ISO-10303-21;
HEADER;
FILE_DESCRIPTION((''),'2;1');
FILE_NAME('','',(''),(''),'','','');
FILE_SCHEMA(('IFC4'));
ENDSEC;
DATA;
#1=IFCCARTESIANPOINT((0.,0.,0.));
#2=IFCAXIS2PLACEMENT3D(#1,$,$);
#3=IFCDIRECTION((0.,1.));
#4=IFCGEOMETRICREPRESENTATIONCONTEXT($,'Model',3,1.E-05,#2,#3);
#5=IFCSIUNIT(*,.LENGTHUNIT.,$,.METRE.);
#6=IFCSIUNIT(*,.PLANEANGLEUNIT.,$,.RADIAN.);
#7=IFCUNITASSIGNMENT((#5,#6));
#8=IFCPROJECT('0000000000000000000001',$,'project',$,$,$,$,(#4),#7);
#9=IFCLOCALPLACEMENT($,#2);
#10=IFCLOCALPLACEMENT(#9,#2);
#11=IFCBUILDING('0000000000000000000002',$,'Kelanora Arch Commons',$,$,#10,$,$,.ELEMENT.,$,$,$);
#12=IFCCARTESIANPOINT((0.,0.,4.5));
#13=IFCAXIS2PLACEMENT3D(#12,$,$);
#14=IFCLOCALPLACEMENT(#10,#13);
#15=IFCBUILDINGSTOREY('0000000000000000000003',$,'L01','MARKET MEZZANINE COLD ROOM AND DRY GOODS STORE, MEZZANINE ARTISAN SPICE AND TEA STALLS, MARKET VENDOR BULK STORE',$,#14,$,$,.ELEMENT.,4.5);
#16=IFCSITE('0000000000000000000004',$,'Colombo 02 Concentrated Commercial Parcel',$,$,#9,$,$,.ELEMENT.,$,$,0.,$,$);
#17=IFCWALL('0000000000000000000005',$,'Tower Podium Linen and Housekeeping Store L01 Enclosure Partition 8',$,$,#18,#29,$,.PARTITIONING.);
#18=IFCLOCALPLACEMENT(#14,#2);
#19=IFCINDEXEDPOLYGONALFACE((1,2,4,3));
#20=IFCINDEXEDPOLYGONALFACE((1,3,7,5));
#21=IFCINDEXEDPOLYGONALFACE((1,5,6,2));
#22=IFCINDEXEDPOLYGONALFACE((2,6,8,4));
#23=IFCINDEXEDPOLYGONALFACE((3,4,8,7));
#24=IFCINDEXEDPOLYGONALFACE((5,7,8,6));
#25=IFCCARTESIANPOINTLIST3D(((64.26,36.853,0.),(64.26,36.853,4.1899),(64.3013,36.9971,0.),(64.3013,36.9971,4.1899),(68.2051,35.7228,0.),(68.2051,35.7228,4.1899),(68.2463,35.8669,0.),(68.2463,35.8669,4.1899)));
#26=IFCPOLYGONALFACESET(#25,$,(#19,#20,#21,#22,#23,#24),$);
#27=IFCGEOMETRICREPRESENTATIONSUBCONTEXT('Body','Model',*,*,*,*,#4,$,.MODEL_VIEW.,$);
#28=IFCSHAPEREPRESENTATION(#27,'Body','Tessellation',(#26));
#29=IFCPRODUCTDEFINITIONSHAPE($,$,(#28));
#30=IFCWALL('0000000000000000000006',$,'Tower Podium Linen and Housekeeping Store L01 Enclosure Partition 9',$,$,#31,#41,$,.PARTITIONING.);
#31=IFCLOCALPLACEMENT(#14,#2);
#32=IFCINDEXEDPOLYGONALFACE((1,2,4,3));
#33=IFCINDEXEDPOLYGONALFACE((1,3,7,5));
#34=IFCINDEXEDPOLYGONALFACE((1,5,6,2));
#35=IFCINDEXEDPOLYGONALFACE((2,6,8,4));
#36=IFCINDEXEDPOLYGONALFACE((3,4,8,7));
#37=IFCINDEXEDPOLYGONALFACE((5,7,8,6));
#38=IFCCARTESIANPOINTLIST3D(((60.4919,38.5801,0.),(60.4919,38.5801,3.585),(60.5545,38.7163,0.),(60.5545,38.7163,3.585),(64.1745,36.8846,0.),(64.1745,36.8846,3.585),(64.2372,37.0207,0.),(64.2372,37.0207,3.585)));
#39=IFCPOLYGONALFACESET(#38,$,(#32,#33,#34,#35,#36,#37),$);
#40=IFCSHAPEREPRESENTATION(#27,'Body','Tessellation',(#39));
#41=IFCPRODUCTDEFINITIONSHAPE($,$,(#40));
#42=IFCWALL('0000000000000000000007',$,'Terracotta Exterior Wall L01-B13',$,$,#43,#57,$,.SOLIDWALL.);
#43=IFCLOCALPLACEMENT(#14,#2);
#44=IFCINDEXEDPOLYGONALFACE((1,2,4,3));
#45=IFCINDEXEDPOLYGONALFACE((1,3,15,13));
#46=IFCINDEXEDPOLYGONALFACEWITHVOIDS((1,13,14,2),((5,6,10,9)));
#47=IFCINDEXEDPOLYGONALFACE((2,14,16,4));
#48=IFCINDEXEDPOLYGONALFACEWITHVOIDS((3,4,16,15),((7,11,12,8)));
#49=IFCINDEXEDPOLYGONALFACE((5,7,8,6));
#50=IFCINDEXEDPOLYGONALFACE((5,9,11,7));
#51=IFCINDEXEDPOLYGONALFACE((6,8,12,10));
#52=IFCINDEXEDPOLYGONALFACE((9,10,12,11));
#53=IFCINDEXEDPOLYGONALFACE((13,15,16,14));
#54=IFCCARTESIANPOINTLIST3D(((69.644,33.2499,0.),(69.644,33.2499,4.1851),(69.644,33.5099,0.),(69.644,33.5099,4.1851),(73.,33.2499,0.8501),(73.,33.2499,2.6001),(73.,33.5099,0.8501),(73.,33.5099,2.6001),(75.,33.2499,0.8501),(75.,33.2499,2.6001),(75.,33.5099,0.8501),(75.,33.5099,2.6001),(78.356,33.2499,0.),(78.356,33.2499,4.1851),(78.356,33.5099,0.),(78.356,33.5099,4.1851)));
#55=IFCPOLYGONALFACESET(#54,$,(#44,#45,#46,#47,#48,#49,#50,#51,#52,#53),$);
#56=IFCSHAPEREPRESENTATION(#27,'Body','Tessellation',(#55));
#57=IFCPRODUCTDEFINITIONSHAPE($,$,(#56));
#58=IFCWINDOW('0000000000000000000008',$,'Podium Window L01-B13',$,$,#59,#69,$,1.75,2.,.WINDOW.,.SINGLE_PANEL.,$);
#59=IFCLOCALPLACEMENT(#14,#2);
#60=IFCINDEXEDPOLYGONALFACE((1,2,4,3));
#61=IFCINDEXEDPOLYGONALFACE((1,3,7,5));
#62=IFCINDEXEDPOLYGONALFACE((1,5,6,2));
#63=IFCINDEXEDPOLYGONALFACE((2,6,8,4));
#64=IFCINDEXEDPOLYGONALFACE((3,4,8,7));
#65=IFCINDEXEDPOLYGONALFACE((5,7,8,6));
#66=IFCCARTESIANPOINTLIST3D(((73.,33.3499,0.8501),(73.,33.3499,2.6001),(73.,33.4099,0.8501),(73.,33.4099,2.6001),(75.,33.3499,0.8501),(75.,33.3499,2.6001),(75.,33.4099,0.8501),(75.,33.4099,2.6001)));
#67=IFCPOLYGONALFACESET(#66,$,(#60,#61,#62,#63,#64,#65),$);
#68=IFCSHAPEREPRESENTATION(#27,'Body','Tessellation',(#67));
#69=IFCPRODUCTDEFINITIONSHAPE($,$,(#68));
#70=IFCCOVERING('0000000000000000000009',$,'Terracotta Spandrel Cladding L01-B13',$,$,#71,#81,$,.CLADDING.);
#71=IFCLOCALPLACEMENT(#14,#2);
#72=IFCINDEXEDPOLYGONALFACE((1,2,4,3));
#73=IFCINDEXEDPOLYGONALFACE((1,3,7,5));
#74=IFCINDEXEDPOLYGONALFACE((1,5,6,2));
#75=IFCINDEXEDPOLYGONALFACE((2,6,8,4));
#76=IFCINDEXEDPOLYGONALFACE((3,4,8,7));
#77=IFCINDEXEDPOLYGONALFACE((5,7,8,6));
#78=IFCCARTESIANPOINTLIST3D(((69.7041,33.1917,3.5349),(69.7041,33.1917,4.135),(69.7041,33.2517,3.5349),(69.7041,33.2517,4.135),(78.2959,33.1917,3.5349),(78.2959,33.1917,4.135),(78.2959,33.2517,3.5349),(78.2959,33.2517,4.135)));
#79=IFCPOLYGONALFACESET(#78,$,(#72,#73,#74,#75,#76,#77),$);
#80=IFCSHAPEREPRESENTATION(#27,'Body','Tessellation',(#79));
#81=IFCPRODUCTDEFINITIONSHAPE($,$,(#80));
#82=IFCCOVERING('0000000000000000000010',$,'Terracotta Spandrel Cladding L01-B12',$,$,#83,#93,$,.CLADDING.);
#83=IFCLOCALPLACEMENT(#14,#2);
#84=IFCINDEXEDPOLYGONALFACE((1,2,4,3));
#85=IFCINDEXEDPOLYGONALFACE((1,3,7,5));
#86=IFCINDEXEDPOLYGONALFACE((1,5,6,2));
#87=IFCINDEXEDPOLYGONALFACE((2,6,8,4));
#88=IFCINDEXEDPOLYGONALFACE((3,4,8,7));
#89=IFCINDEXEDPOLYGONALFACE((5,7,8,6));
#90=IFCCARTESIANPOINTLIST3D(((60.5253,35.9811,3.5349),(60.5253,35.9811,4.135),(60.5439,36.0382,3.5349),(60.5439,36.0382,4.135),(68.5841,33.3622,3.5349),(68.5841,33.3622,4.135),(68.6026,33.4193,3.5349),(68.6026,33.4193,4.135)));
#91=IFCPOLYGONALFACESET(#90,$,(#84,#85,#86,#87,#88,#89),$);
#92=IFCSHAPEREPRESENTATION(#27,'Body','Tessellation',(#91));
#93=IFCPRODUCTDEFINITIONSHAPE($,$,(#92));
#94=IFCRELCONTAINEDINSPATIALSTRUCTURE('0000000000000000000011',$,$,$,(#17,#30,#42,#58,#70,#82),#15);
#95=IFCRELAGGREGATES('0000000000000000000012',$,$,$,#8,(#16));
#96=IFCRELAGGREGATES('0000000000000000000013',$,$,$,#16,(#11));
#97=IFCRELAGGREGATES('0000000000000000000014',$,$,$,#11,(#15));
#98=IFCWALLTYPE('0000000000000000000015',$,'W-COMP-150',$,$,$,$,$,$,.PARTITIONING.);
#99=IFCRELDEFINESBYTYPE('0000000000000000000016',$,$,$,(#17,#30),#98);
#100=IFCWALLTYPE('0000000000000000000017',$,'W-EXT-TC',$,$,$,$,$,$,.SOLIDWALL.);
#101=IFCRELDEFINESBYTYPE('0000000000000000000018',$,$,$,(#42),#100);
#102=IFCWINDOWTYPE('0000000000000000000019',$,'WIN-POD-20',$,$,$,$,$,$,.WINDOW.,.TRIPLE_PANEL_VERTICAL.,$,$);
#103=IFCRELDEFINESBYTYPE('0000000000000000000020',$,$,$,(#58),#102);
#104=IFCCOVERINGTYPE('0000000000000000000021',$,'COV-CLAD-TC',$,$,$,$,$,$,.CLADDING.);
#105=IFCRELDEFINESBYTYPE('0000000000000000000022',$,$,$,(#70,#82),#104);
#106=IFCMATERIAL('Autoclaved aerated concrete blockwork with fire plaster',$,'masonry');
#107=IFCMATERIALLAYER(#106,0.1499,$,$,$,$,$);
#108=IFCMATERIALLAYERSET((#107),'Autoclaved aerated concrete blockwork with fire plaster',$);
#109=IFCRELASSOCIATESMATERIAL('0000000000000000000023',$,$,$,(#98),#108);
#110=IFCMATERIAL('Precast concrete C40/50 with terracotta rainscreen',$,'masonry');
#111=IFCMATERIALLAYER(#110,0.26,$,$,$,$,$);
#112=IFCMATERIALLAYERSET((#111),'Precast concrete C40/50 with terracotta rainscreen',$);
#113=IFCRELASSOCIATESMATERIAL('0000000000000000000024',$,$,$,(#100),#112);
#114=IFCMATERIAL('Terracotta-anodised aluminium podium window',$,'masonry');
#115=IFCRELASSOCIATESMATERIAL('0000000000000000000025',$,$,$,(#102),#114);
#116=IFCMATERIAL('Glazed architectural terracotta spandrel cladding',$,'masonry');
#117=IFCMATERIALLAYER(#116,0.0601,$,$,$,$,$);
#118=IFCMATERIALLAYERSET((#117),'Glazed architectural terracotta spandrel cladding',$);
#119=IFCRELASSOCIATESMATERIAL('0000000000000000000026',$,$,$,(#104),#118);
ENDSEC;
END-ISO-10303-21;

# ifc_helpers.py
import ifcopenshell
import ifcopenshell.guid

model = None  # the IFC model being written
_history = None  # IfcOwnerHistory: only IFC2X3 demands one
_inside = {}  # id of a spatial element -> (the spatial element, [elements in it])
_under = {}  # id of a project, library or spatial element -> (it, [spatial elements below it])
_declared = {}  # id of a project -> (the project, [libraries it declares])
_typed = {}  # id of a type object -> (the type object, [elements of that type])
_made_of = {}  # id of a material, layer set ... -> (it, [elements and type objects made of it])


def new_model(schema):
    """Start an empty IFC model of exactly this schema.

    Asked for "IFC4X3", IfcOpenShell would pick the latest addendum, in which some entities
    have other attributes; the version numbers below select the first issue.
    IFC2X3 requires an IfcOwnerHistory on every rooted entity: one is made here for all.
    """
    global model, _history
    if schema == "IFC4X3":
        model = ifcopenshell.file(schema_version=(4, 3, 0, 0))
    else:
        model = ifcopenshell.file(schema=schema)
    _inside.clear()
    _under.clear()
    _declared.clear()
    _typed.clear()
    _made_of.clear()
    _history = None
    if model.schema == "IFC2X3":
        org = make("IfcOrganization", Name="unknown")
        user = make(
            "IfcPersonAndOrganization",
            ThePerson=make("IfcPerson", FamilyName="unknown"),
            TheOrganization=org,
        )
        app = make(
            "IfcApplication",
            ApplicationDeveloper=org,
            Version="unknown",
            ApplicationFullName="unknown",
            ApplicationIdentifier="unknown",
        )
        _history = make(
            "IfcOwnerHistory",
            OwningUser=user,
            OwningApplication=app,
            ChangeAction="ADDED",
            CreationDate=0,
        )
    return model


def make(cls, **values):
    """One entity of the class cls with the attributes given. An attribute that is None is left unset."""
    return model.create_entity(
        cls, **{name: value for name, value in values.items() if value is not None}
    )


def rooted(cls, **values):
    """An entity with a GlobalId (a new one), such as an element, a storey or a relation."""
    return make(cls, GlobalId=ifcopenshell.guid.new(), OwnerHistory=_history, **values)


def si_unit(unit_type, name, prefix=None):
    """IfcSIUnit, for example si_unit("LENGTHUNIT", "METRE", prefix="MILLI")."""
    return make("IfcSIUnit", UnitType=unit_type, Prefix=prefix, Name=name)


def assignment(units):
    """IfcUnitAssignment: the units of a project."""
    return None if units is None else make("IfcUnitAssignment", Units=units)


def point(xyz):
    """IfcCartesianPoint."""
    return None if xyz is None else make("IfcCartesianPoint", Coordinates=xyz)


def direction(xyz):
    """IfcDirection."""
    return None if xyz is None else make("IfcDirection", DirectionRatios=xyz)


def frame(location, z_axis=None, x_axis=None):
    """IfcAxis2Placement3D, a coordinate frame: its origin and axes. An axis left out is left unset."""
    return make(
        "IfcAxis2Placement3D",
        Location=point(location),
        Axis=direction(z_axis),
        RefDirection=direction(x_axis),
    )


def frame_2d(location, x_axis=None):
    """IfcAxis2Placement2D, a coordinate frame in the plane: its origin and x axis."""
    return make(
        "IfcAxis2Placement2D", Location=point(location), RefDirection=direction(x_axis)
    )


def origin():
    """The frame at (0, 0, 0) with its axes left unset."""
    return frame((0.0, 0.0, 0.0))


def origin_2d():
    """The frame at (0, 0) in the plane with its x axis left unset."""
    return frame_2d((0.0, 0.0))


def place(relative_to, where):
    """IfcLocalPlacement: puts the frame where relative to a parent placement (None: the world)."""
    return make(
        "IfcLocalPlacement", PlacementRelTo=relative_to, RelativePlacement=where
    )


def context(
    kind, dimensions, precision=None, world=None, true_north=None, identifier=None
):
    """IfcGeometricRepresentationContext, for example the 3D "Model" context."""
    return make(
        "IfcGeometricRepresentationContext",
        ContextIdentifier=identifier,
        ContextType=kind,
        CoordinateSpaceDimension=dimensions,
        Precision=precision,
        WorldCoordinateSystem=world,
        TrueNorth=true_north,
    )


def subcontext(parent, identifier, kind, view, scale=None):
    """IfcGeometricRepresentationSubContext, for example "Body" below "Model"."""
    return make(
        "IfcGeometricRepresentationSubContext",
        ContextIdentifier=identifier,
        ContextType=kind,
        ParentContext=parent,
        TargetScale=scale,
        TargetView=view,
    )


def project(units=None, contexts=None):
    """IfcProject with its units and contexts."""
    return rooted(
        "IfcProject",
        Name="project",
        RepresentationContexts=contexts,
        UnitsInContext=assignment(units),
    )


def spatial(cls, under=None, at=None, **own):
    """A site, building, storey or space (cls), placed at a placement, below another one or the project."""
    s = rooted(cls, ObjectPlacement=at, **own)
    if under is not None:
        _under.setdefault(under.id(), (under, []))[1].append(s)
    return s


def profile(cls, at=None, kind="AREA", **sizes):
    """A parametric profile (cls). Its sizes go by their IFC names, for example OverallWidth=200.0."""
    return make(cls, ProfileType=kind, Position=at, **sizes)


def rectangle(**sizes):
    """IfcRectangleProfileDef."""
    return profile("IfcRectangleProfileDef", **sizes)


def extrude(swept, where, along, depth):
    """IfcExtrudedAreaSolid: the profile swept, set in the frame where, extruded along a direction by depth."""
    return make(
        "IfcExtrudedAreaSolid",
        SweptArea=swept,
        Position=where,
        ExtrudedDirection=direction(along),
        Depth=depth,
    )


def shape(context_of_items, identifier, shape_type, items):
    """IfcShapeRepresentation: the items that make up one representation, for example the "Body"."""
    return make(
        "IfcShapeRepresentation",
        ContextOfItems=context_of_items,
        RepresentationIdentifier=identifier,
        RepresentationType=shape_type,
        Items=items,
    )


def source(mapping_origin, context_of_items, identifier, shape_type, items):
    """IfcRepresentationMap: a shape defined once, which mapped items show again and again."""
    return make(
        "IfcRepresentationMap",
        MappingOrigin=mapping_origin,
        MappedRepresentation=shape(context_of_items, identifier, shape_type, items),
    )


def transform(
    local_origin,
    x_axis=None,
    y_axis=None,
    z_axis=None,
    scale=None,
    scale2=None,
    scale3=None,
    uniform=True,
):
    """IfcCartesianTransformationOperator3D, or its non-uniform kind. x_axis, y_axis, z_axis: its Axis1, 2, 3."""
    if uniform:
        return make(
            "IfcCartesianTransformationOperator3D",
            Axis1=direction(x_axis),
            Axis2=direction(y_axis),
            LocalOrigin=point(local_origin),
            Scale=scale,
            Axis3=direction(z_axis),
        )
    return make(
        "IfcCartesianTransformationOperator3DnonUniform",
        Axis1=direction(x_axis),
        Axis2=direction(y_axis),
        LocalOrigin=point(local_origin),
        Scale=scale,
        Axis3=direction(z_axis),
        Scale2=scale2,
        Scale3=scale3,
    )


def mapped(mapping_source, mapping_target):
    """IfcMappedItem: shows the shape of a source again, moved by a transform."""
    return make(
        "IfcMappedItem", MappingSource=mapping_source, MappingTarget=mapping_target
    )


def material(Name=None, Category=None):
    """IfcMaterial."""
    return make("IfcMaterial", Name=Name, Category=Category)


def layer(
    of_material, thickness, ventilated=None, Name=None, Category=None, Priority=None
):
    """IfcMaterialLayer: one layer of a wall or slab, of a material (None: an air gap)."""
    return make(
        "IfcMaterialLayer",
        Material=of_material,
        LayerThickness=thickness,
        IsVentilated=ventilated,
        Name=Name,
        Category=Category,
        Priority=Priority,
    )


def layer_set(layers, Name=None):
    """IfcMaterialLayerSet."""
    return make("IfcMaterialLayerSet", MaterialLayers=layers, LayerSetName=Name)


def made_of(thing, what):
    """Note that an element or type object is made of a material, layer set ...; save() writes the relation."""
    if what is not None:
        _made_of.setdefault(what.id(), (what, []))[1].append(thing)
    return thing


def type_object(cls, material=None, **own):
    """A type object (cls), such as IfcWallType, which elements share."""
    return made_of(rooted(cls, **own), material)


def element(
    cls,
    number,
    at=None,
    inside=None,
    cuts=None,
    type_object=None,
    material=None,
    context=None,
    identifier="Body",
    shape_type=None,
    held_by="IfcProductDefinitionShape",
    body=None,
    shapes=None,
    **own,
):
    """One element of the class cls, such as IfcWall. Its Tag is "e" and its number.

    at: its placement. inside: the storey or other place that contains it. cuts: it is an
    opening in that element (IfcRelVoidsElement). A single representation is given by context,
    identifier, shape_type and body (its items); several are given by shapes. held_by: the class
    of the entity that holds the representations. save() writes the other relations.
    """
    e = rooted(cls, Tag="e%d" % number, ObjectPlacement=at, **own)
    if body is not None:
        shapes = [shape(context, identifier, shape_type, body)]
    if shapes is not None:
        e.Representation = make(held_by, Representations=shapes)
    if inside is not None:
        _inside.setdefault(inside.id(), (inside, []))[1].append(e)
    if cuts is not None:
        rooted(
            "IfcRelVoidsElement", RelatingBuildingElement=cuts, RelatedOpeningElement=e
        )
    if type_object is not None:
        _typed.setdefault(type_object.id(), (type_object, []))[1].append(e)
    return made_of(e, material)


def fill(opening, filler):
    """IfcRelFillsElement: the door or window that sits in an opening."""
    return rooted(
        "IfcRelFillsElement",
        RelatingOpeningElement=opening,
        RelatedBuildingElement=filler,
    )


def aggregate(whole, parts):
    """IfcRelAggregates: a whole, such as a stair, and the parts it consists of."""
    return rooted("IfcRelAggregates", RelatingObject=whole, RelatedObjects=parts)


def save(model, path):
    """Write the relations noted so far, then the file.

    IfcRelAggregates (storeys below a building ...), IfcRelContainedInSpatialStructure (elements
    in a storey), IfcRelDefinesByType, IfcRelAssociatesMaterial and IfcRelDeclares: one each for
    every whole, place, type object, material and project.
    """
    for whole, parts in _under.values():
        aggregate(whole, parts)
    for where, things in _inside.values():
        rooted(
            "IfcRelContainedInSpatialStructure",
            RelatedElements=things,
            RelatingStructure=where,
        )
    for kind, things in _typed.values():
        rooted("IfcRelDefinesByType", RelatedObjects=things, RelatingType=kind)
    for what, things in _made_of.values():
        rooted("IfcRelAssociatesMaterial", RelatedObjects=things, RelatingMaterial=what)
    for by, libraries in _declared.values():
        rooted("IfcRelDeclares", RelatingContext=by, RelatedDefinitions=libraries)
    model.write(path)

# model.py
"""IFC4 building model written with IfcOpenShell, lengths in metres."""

from ifc_helpers import new_model, si_unit, direction, frame, frame_2d, origin, origin_2d, place, context, subcontext, project, spatial, rectangle, extrude, source, transform, mapped, material, layer, layer_set, type_object, element, fill, save


model = new_model("IFC4")

# Units and contexts
model_context = context("Model", 3, precision=1e-05, world=origin(), true_north=direction((0.0, 1.0)))
body_context = subcontext(model_context, "Body", "Model", "MODEL_VIEW")
ifc_project = project(units=[si_unit("LENGTHUNIT", "METRE"), si_unit("PLANEANGLEUNIT", "RADIAN")], contexts=[model_context])

# Site, building, storey
site_placement = place(None, origin())
site = spatial("IfcSite", under=ifc_project, at=site_placement, Name="Colombo 02 Concentrated Commercial Parcel", CompositionType="ELEMENT", RefElevation=0.0)
building_placement = place(site_placement, origin())
building = spatial("IfcBuilding", under=site, at=building_placement, Name="Kelanora Arch Commons", CompositionType="ELEMENT")
storey_placement = place(building_placement, frame((0.0, 0.0, 4.5)))
storey = spatial("IfcBuildingStorey", under=building, at=storey_placement, Name="L01", Description="MARKET MEZZANINE COLD ROOM AND DRY GOODS STORE, MEZZANINE ARTISAN SPICE AND TEA STALLS, MARKET VENDOR BULK STORE", CompositionType="ELEMENT", Elevation=4.5)

# Walls
ifc_material_1 = material(Name="Autoclaved aerated concrete blockwork with fire plaster", Category="masonry")
ifc_layer_1 = layer(ifc_material_1, 0.1499)
ifc_layer_set_1 = layer_set([ifc_layer_1], Name="Autoclaved aerated concrete blockwork with fire plaster")
wall_type_1 = type_object("IfcWallType", Name="W-COMP-150", PredefinedType="PARTITIONING", material=ifc_layer_set_1)
wall_1_placement = place(storey_placement, frame((68.2256, 35.7949, 0.0), z_axis=(0.0, 0.0, 1.0), x_axis=(-0.961333, 0.275389, 0.0)))
element("IfcWall", 1, at=wall_1_placement, inside=storey, type_object=wall_type_1, Name="Tower Podium Linen and Housekeeping Store L01 Enclosure Partition 8", PredefinedType="PARTITIONING", context=body_context, shape_type="SweptSolid", body=[
    extrude(rectangle(XDim=4.1038, YDim=0.1499, at=frame_2d((2.0518, 0.0))), origin(), (0.0, 0.0, 1.0), 4.1899),
])
wall_2_placement = place(storey_placement, frame((64.2058, 36.9526, 0.0), z_axis=(0.0, 0.0, 1.0), x_axis=(-0.908345, 0.418222, 0.0)))
element("IfcWall", 2, at=wall_2_placement, inside=storey, type_object=wall_type_1, Name="Tower Podium Linen and Housekeeping Store L01 Enclosure Partition 9", PredefinedType="PARTITIONING", context=body_context, shape_type="SweptSolid", body=[
    extrude(rectangle(XDim=4.0542, YDim=0.1499, at=frame_2d((2.0271, 0.0))), origin(), (0.0, 0.0, 1.0), 3.585),
])

# Wall, opening, window
ifc_material_2 = material(Name="Precast concrete C40/50 with terracotta rainscreen", Category="masonry")
ifc_layer_2 = layer(ifc_material_2, 0.26)
ifc_layer_set_2 = layer_set([ifc_layer_2], Name="Precast concrete C40/50 with terracotta rainscreen")
wall_type_2 = type_object("IfcWallType", Name="W-EXT-TC", PredefinedType="SOLIDWALL", material=ifc_layer_set_2)
wall_3_placement = place(storey_placement, frame((69.644, 33.3799, 0.0), z_axis=(0.0, 0.0, 1.0), x_axis=(1.0, 0.0, 0.0)))
wall_3 = element("IfcWall", 3, at=wall_3_placement, inside=storey, type_object=wall_type_2, Name="Terracotta Exterior Wall L01-B13", PredefinedType="SOLIDWALL", context=body_context, shape_type="SweptSolid", body=[
    extrude(rectangle(XDim=8.7119, YDim=0.26, at=frame_2d((4.356, 0.0))), origin(), (0.0, 0.0, 1.0), 4.1851),
])
opening_placement = place(wall_3_placement, frame((3.356, 0.0, 0.8501)))
opening = element("IfcOpeningElement", 4, at=opening_placement, cuts=wall_3, PredefinedType="OPENING", context=body_context, shape_type="SweptSolid", body=[
    extrude(rectangle(XDim=2.0, YDim=1.75, at=frame_2d((1.0, 0.875))), frame((0.0, 0.1401, 0.0), z_axis=(0.0, -1.0, 0.0), x_axis=(1.0, 0.0, 0.0)), (0.0, 0.0, 1.0), 0.28),
])
ifc_material_3 = material(Name="Terracotta-anodised aluminium podium window", Category="masonry")
window_type = type_object("IfcWindowType", Name="WIN-POD-20", PartitioningType="TRIPLE_PANEL_VERTICAL", PredefinedType="WINDOW", material=ifc_material_3)
window_placement = place(opening_placement, origin())
window = element("IfcWindow", 5, at=window_placement, inside=storey, type_object=window_type, Name="Podium Window L01-B13", OverallHeight=1.75, OverallWidth=2.0, PartitioningType="SINGLE_PANEL", PredefinedType="WINDOW", context=body_context, shape_type="SweptSolid", body=[
    extrude(rectangle(XDim=2.0, YDim=1.75, at=frame_2d((1.0, 0.875))), frame((0.0, 0.03, 0.0), z_axis=(0.0, -1.0, 0.0), x_axis=(1.0, 0.0, 0.0)), (0.0, 0.0, 1.0), 0.0601),
])
fill(opening, window)

# Coverings
ifc_material_4 = material(Name="Glazed architectural terracotta spandrel cladding", Category="masonry")
ifc_layer_3 = layer(ifc_material_4, 0.0601)
ifc_layer_set_3 = layer_set([ifc_layer_3], Name="Glazed architectural terracotta spandrel cladding")
covering_type = type_object("IfcCoveringType", Name="COV-CLAD-TC", PredefinedType="CLADDING", material=ifc_layer_set_3)
shared_shape_1 = source(origin(), body_context, "Body", "SweptSolid", [
    extrude(rectangle(XDim=8.5918, YDim=0.0601, at=origin_2d()), origin(), (0.0, 0.0, 1.0), 0.6001),
])
covering_1_placement = place(storey_placement, frame((74.0, 33.2217, 3.5349), z_axis=(0.0, 0.0, 1.0), x_axis=(1.0, 0.0, 0.0)))
element("IfcCovering", 6, at=covering_1_placement, inside=storey, type_object=covering_type, Name="Terracotta Spandrel Cladding L01-B13", PredefinedType="CLADDING", context=body_context, shape_type="MappedRepresentation", body=[
    mapped(shared_shape_1, transform((0.0, 0.0, 0.0), scale=1.0)),
])
shared_shape_2 = source(origin(), body_context, "Body", "SweptSolid", [
    extrude(rectangle(XDim=8.4736, YDim=0.0601, at=origin_2d()), origin(), (0.0, 0.0, 1.0), 0.6001),
])
covering_2_placement = place(storey_placement, frame((64.564, 34.7002, 3.5349), z_axis=(0.0, 0.0, 1.0), x_axis=(0.951041, -0.309066, 0.0)))
element("IfcCovering", 7, at=covering_2_placement, inside=storey, type_object=covering_type, Name="Terracotta Spandrel Cladding L01-B12", PredefinedType="CLADDING", context=body_context, shape_type="MappedRepresentation", body=[
    mapped(shared_shape_2, transform((0.0, 0.0, 0.0), scale=1.0)),
])

save(model, "model.ifc")
